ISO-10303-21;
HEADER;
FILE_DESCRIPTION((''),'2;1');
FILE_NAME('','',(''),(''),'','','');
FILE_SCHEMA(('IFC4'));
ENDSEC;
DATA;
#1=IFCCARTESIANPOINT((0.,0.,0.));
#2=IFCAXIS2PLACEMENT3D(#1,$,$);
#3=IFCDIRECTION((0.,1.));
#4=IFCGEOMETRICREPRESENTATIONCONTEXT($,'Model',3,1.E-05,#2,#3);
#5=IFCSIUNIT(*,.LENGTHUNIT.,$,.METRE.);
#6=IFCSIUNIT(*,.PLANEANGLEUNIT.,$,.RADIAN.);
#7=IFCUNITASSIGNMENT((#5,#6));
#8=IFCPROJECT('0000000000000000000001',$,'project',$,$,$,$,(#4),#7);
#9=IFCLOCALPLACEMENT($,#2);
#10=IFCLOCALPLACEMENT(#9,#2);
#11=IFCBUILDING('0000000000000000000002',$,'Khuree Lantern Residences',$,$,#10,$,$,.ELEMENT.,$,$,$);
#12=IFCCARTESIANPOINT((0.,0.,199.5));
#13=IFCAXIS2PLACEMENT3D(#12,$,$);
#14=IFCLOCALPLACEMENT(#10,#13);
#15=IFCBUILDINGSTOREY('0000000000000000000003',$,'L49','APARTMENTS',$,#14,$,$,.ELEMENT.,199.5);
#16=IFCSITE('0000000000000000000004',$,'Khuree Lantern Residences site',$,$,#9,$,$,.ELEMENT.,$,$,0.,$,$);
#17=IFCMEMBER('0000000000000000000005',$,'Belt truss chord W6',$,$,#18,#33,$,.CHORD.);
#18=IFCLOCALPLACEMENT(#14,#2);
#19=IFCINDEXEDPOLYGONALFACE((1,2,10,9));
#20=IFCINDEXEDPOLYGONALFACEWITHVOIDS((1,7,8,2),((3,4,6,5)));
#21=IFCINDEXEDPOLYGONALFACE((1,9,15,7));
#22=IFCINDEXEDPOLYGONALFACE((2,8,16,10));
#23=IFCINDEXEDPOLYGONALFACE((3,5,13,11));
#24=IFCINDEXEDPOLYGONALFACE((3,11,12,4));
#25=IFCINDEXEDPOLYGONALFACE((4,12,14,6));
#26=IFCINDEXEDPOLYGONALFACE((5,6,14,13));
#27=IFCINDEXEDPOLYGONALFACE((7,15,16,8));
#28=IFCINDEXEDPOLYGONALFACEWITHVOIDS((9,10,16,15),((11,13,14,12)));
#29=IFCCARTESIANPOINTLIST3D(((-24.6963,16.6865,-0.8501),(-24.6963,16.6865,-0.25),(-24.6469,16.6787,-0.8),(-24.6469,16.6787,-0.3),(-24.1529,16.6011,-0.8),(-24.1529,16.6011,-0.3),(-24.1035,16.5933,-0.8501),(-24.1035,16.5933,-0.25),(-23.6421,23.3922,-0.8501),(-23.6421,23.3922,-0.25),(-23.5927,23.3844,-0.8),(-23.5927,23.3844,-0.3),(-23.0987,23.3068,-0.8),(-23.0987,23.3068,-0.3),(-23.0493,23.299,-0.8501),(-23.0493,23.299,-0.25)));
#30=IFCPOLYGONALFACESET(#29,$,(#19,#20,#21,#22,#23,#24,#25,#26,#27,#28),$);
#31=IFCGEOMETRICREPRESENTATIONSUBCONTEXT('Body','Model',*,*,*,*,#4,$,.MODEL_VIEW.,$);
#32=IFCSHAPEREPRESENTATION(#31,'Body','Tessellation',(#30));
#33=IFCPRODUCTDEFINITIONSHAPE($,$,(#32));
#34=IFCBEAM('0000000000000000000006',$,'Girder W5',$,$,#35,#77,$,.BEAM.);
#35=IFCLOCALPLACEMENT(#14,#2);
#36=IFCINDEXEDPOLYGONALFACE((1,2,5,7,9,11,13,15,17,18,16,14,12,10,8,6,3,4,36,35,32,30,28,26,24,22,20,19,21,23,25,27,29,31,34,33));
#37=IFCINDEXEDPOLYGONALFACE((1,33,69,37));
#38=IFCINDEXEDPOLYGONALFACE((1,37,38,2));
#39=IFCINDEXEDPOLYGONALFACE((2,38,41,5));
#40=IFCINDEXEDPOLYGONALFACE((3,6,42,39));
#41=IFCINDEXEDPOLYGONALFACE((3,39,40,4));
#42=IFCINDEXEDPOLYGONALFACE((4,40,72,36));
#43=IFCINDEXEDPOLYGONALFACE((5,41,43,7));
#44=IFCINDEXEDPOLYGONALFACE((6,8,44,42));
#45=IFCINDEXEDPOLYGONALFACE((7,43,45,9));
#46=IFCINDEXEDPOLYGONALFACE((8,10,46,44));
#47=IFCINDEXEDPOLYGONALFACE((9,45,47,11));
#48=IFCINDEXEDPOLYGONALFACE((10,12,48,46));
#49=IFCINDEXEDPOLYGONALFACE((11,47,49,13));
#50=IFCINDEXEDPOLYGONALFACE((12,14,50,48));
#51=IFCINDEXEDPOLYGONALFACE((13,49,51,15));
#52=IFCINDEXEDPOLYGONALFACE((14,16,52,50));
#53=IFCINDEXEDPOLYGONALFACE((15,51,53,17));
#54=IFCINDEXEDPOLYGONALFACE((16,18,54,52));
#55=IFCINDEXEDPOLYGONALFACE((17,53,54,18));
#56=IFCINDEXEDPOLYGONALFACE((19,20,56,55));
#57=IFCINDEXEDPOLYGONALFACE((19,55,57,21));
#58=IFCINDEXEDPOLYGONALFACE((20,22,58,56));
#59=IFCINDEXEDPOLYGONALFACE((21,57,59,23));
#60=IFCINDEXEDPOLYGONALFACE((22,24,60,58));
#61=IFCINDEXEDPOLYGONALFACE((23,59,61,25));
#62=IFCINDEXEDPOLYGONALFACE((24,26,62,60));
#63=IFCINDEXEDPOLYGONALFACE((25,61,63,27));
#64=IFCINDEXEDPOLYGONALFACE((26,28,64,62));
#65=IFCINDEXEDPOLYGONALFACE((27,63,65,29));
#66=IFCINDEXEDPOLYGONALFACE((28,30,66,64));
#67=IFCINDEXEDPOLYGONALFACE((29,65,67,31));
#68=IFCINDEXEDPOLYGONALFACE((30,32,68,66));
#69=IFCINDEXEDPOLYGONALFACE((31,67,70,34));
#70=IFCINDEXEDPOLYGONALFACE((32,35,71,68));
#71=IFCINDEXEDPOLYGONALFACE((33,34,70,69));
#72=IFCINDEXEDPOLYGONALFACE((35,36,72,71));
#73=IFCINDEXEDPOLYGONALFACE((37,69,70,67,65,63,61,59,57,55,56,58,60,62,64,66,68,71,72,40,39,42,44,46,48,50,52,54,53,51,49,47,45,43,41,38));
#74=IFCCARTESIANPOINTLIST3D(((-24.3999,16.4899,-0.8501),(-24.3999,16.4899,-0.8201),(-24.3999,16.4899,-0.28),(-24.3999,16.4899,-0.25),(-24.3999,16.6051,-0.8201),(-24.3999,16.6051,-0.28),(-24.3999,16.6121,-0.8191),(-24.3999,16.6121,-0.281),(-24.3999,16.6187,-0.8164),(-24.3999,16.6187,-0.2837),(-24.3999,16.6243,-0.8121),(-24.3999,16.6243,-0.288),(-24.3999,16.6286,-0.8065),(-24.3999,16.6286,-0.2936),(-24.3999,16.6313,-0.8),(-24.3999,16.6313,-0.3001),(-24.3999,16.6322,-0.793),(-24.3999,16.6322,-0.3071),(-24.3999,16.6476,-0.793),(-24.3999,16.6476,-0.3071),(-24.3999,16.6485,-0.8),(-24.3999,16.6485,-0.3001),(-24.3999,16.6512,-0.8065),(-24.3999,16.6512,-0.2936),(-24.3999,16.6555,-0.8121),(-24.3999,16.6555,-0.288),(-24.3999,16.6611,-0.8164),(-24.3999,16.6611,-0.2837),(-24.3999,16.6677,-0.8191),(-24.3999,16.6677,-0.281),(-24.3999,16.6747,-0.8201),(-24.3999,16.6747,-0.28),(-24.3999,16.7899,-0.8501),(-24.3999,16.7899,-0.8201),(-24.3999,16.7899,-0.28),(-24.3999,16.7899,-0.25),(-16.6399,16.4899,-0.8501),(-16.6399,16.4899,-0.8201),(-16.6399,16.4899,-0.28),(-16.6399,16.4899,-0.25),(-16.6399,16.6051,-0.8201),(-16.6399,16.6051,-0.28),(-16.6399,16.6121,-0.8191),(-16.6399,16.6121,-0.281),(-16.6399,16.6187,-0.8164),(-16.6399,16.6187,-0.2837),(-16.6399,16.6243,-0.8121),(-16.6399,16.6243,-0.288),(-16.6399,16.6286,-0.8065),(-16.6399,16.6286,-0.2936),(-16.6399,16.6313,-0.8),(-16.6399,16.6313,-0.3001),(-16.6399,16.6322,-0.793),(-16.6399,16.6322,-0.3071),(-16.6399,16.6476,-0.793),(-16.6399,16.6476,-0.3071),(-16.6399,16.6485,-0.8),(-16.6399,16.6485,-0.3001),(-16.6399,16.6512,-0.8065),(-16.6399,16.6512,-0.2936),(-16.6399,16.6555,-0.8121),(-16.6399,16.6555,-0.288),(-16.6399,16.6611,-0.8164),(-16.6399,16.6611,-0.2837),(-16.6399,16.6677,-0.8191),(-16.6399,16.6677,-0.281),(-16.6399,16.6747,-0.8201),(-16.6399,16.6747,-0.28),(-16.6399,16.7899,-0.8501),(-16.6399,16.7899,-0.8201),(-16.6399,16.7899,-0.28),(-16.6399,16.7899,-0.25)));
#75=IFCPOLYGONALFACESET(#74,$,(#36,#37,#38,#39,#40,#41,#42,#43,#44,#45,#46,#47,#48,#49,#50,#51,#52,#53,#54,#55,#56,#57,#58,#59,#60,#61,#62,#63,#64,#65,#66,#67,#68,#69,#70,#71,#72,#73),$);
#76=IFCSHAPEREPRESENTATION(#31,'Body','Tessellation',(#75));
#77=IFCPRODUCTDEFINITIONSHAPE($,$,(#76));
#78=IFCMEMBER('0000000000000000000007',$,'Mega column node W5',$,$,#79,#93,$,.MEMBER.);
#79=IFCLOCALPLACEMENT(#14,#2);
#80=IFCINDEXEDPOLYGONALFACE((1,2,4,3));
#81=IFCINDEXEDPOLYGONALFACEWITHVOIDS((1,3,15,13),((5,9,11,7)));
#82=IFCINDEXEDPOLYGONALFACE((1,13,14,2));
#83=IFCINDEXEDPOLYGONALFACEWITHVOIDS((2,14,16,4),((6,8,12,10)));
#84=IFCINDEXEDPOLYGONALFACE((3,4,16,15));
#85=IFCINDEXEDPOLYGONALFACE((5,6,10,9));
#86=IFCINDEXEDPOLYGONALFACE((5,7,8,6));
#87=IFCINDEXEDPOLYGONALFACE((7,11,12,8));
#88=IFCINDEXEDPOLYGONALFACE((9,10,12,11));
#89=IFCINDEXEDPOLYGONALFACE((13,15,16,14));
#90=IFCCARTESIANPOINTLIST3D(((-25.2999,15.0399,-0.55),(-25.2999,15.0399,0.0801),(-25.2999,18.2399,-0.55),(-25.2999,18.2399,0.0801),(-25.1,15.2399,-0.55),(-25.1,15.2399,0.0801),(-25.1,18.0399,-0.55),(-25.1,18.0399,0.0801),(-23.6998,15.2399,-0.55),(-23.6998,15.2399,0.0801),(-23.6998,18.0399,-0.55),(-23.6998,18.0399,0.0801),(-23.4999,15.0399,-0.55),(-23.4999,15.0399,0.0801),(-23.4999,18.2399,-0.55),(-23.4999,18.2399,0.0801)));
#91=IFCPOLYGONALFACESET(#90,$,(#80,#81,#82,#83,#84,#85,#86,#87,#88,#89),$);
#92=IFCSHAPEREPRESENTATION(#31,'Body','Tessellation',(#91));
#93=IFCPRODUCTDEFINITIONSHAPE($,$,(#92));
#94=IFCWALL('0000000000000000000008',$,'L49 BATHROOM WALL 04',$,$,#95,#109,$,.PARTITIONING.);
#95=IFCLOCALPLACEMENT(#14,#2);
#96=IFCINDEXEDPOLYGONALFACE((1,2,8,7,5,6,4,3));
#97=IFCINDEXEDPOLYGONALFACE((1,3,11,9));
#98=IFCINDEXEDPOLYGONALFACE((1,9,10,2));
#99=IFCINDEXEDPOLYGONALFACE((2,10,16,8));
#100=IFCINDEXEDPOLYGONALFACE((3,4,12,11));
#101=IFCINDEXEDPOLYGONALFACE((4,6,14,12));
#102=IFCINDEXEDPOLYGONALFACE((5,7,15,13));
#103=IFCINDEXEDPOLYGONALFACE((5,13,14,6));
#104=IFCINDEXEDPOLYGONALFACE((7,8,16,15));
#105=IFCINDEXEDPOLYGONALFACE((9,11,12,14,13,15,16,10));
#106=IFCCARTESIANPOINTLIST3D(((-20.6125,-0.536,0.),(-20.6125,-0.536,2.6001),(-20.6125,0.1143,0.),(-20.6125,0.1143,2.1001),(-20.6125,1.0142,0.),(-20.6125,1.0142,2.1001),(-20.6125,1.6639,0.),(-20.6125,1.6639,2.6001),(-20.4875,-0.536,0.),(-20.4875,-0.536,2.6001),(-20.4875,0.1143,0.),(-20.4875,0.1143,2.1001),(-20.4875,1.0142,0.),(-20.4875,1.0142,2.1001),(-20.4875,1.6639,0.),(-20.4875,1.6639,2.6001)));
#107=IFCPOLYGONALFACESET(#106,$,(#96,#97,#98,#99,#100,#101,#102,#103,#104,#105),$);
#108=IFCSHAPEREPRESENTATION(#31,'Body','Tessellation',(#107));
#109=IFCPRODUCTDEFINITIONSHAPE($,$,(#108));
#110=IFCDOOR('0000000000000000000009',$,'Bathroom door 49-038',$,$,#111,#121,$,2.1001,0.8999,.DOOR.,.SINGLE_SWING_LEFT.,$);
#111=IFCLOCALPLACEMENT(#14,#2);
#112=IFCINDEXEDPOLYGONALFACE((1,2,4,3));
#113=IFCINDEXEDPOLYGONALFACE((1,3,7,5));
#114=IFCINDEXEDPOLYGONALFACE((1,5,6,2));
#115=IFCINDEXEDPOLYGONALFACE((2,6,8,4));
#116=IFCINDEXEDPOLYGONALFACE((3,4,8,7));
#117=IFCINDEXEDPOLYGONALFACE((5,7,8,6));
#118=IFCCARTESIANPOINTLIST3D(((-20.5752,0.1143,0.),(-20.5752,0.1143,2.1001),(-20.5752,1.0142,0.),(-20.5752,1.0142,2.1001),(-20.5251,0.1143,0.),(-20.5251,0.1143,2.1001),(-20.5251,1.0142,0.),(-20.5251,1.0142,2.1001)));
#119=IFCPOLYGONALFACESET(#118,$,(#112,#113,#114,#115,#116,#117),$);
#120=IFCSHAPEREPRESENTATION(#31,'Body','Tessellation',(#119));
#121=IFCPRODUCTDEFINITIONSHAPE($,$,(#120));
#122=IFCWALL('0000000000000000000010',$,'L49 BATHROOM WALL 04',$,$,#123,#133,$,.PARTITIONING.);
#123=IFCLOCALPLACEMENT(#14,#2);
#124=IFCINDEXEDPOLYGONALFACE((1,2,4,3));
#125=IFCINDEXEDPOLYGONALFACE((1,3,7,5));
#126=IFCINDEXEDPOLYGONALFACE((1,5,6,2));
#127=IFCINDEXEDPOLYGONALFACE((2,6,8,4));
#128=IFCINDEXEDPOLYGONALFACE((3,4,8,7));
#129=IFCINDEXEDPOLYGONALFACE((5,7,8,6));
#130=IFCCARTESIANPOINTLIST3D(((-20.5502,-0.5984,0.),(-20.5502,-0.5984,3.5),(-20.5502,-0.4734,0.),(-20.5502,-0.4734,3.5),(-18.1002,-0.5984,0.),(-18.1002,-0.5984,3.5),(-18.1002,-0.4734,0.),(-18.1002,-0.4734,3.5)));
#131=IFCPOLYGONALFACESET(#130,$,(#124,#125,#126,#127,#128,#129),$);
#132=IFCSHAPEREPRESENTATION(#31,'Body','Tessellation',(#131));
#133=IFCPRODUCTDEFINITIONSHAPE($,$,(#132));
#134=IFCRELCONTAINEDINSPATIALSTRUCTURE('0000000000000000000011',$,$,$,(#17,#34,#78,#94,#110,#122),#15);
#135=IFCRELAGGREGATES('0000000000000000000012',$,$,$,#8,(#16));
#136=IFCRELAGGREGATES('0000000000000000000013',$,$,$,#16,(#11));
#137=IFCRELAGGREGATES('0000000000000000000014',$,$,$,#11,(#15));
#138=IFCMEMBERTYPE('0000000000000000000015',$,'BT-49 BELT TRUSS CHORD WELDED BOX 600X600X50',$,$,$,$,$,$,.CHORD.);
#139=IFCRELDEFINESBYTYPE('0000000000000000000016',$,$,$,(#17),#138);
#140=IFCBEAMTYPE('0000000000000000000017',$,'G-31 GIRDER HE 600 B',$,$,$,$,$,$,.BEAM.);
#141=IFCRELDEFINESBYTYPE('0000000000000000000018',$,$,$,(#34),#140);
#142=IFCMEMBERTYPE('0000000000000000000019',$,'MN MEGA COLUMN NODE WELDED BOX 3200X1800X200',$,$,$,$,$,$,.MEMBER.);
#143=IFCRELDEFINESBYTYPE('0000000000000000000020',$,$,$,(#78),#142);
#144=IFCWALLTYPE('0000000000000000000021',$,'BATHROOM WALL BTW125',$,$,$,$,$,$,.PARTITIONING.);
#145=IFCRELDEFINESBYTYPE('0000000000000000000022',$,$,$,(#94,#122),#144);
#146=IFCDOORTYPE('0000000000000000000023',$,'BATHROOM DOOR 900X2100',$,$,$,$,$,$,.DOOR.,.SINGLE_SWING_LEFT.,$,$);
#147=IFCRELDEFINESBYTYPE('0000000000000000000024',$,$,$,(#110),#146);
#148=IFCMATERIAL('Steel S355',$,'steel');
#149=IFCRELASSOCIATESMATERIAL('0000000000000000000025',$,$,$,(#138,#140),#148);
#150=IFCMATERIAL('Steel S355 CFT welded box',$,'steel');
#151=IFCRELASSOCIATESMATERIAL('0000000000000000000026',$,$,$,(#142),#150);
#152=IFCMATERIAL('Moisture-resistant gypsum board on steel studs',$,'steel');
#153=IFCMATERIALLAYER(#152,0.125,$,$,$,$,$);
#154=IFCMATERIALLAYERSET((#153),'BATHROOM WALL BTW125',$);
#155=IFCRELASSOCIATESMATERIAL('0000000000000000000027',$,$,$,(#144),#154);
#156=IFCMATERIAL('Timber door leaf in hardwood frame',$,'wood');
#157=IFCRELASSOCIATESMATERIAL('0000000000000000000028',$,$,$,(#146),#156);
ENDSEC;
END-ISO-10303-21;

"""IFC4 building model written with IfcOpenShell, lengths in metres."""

from ifc_helpers import new_model, si_unit, direction, frame, frame_2d, origin, origin_2d, place, context, subcontext, project, spatial, rectangle, hollow_rectangle, i_section, extrude, material, layer, layer_set, material_profile, profile_set, type_object, element, fill, save


model = new_model("IFC4")

# Units and contexts
model_context = context("Model", 3, precision=1e-05, world=origin(), true_north=direction((0.0, 1.0)))
body_context = subcontext(model_context, "Body", "Model", "MODEL_VIEW")
ifc_project = project(units=[si_unit("LENGTHUNIT", "METRE"), si_unit("PLANEANGLEUNIT", "RADIAN")], contexts=[model_context])

# Site, building, storey
site_placement = place(None, origin())
site = spatial("IfcSite", under=ifc_project, at=site_placement, Name="Khuree Lantern Residences site", CompositionType="ELEMENT", RefElevation=0.0)
building_placement = place(site_placement, origin())
building = spatial("IfcBuilding", under=site, at=building_placement, Name="Khuree Lantern Residences", CompositionType="ELEMENT")
storey_placement = place(building_placement, frame((0.0, 0.0, 199.5)))
storey = spatial("IfcBuildingStorey", under=building, at=storey_placement, Name="L49", Description="APARTMENTS", CompositionType="ELEMENT", Elevation=199.5)

# Member
ifc_material_1 = material(Name="Steel S355", Category="steel")
ifc_material_profile_1 = material_profile(ifc_material_1, hollow_rectangle(XDim=0.6001, YDim=0.6001, WallThickness=0.05, at=origin_2d()), Name="WELDED BOX 600X600X50")
ifc_profile_set_1 = profile_set([ifc_material_profile_1], Name="Steel S355")
member_type_1 = type_object("IfcMemberType", Name="BT-49 BELT TRUSS CHORD WELDED BOX 600X600X50", PredefinedType="CHORD", material=ifc_profile_set_1)
member_1_placement = place(storey_placement, frame((-24.3999, 16.6399, -0.55), z_axis=(0.1553, 0.987867, 0.0), x_axis=(-0.987867, 0.1553, 0.0)))
element("IfcMember", 1, at=member_1_placement, inside=storey, type_object=member_type_1, Name="Belt truss chord W6", PredefinedType="CHORD", context=body_context, shape_type="SweptSolid", body=[
    extrude(hollow_rectangle(XDim=0.6001, YDim=0.6001, WallThickness=0.05, at=origin_2d()), origin(), (0.0, 0.0, 1.0), 6.7881),
])

# Beam
ifc_material_profile_2 = material_profile(ifc_material_1, i_section(OverallWidth=0.3, OverallDepth=0.6001, WebThickness=0.0154, FlangeThickness=0.03, FilletRadius=0.0271, at=origin_2d()), Name="HE 600 B")
ifc_profile_set_2 = profile_set([ifc_material_profile_2], Name="Steel S355")
beam_type = type_object("IfcBeamType", Name="G-31 GIRDER HE 600 B", PredefinedType="BEAM", material=ifc_profile_set_2)
beam_placement = place(storey_placement, frame((-24.3999, 16.6399, -0.55), z_axis=(1.0, 0.0, 0.0), x_axis=(0.0, 1.0, 0.0)))
element("IfcBeam", 2, at=beam_placement, inside=storey, type_object=beam_type, Name="Girder W5", PredefinedType="BEAM", context=body_context, shape_type="SweptSolid", body=[
    extrude(i_section(OverallWidth=0.3, OverallDepth=0.6001, WebThickness=0.0154, FlangeThickness=0.03, FilletRadius=0.0271, at=origin_2d()), origin(), (0.0, 0.0, 1.0), 7.76),
])

# Member
ifc_material_2 = material(Name="Steel S355 CFT welded box", Category="steel")
ifc_material_profile_3 = material_profile(ifc_material_2, hollow_rectangle(XDim=3.2, YDim=1.8, WallThickness=0.2, at=origin_2d()), Name="WELDED BOX 3200X1800X200")
ifc_profile_set_3 = profile_set([ifc_material_profile_3], Name="Steel S355 CFT welded box")
member_type_2 = type_object("IfcMemberType", Name="MN MEGA COLUMN NODE WELDED BOX 3200X1800X200", PredefinedType="MEMBER", material=ifc_profile_set_3)
member_2_placement = place(storey_placement, frame((-24.3999, 16.6399, -0.55), z_axis=(0.0, 0.0, 1.0), x_axis=(0.0, 1.0, 0.0)))
element("IfcMember", 3, at=member_2_placement, inside=storey, type_object=member_type_2, Name="Mega column node W5", PredefinedType="MEMBER", context=body_context, shape_type="SweptSolid", body=[
    extrude(hollow_rectangle(XDim=3.2, YDim=1.8, WallThickness=0.2, at=origin_2d()), origin(), (0.0, 0.0, 1.0), 0.6301),
])

# Wall, opening, door
ifc_material_3 = material(Name="Moisture-resistant gypsum board on steel studs", Category="steel")
ifc_layer_1 = layer(ifc_material_3, 0.125)
ifc_layer_set_1 = layer_set([ifc_layer_1], Name="BATHROOM WALL BTW125")
wall_type_1 = type_object("IfcWallType", Name="BATHROOM WALL BTW125", PredefinedType="PARTITIONING", material=ifc_layer_set_1)
wall_1_placement = place(storey_placement, frame((-20.55, 1.6641, 0.0), z_axis=(0.0, 0.0, 1.0), x_axis=(0.0, -1.0, 0.0)))
wall_1 = element("IfcWall", 4, at=wall_1_placement, inside=storey, type_object=wall_type_1, Name="L49 BATHROOM WALL 04", PredefinedType="PARTITIONING", context=body_context, shape_type="SweptSolid", body=[
    extrude(rectangle(XDim=2.2, YDim=0.125, at=frame_2d((1.1001, 0.0))), origin(), (0.0, 0.0, 1.0), 2.6001),
])
opening_1_placement = place(wall_1_placement, frame((0.6499, 0.0, 0.0)))
opening_1 = element("IfcOpeningElement", 5, at=opening_1_placement, cuts=wall_1, PredefinedType="OPENING", context=body_context, shape_type="SweptSolid", body=[
    extrude(rectangle(XDim=0.8999, YDim=2.1001, at=frame_2d((0.45, 1.05))), frame((0.0, 0.0725, 0.0), z_axis=(0.0, -1.0, 0.0), x_axis=(1.0, 0.0, 0.0)), (0.0, 0.0, 1.0), 0.145),
])
ifc_material_4 = material(Name="Timber door leaf in hardwood frame", Category="wood")
door_type_1 = type_object("IfcDoorType", Name="BATHROOM DOOR 900X2100", OperationType="SINGLE_SWING_LEFT", PredefinedType="DOOR", material=ifc_material_4)
door_1_placement = place(opening_1_placement, origin())
door_1 = element("IfcDoor", 6, at=door_1_placement, inside=storey, type_object=door_type_1, Name="Bathroom door 49-038", OperationType="SINGLE_SWING_LEFT", OverallHeight=2.1001, OverallWidth=0.8999, PredefinedType="DOOR", context=body_context, shape_type="SweptSolid", body=[
    extrude(rectangle(XDim=0.8999, YDim=2.1001, at=frame_2d((0.45, 1.05))), frame((0.0, 0.0249, 0.0), z_axis=(0.0, -1.0, 0.0), x_axis=(1.0, 0.0, 0.0)), (0.0, 0.0, 1.0), 0.05),
])
fill(opening_1, door_1)

# Wall
wall_2_placement = place(storey_placement, frame((-18.1001, -0.5359, 0.0), z_axis=(0.0, 0.0, 1.0), x_axis=(-1.0, 0.0, 0.0)))
element("IfcWall", 7, at=wall_2_placement, inside=storey, type_object=wall_type_1, Name="L49 BATHROOM WALL 04", PredefinedType="PARTITIONING", context=body_context, shape_type="SweptSolid", body=[
    extrude(rectangle(XDim=2.45, YDim=0.125, at=frame_2d((1.2251, 0.0))), origin(), (0.0, 0.0, 1.0), 3.5),
])

save(model, "model.ifc")
